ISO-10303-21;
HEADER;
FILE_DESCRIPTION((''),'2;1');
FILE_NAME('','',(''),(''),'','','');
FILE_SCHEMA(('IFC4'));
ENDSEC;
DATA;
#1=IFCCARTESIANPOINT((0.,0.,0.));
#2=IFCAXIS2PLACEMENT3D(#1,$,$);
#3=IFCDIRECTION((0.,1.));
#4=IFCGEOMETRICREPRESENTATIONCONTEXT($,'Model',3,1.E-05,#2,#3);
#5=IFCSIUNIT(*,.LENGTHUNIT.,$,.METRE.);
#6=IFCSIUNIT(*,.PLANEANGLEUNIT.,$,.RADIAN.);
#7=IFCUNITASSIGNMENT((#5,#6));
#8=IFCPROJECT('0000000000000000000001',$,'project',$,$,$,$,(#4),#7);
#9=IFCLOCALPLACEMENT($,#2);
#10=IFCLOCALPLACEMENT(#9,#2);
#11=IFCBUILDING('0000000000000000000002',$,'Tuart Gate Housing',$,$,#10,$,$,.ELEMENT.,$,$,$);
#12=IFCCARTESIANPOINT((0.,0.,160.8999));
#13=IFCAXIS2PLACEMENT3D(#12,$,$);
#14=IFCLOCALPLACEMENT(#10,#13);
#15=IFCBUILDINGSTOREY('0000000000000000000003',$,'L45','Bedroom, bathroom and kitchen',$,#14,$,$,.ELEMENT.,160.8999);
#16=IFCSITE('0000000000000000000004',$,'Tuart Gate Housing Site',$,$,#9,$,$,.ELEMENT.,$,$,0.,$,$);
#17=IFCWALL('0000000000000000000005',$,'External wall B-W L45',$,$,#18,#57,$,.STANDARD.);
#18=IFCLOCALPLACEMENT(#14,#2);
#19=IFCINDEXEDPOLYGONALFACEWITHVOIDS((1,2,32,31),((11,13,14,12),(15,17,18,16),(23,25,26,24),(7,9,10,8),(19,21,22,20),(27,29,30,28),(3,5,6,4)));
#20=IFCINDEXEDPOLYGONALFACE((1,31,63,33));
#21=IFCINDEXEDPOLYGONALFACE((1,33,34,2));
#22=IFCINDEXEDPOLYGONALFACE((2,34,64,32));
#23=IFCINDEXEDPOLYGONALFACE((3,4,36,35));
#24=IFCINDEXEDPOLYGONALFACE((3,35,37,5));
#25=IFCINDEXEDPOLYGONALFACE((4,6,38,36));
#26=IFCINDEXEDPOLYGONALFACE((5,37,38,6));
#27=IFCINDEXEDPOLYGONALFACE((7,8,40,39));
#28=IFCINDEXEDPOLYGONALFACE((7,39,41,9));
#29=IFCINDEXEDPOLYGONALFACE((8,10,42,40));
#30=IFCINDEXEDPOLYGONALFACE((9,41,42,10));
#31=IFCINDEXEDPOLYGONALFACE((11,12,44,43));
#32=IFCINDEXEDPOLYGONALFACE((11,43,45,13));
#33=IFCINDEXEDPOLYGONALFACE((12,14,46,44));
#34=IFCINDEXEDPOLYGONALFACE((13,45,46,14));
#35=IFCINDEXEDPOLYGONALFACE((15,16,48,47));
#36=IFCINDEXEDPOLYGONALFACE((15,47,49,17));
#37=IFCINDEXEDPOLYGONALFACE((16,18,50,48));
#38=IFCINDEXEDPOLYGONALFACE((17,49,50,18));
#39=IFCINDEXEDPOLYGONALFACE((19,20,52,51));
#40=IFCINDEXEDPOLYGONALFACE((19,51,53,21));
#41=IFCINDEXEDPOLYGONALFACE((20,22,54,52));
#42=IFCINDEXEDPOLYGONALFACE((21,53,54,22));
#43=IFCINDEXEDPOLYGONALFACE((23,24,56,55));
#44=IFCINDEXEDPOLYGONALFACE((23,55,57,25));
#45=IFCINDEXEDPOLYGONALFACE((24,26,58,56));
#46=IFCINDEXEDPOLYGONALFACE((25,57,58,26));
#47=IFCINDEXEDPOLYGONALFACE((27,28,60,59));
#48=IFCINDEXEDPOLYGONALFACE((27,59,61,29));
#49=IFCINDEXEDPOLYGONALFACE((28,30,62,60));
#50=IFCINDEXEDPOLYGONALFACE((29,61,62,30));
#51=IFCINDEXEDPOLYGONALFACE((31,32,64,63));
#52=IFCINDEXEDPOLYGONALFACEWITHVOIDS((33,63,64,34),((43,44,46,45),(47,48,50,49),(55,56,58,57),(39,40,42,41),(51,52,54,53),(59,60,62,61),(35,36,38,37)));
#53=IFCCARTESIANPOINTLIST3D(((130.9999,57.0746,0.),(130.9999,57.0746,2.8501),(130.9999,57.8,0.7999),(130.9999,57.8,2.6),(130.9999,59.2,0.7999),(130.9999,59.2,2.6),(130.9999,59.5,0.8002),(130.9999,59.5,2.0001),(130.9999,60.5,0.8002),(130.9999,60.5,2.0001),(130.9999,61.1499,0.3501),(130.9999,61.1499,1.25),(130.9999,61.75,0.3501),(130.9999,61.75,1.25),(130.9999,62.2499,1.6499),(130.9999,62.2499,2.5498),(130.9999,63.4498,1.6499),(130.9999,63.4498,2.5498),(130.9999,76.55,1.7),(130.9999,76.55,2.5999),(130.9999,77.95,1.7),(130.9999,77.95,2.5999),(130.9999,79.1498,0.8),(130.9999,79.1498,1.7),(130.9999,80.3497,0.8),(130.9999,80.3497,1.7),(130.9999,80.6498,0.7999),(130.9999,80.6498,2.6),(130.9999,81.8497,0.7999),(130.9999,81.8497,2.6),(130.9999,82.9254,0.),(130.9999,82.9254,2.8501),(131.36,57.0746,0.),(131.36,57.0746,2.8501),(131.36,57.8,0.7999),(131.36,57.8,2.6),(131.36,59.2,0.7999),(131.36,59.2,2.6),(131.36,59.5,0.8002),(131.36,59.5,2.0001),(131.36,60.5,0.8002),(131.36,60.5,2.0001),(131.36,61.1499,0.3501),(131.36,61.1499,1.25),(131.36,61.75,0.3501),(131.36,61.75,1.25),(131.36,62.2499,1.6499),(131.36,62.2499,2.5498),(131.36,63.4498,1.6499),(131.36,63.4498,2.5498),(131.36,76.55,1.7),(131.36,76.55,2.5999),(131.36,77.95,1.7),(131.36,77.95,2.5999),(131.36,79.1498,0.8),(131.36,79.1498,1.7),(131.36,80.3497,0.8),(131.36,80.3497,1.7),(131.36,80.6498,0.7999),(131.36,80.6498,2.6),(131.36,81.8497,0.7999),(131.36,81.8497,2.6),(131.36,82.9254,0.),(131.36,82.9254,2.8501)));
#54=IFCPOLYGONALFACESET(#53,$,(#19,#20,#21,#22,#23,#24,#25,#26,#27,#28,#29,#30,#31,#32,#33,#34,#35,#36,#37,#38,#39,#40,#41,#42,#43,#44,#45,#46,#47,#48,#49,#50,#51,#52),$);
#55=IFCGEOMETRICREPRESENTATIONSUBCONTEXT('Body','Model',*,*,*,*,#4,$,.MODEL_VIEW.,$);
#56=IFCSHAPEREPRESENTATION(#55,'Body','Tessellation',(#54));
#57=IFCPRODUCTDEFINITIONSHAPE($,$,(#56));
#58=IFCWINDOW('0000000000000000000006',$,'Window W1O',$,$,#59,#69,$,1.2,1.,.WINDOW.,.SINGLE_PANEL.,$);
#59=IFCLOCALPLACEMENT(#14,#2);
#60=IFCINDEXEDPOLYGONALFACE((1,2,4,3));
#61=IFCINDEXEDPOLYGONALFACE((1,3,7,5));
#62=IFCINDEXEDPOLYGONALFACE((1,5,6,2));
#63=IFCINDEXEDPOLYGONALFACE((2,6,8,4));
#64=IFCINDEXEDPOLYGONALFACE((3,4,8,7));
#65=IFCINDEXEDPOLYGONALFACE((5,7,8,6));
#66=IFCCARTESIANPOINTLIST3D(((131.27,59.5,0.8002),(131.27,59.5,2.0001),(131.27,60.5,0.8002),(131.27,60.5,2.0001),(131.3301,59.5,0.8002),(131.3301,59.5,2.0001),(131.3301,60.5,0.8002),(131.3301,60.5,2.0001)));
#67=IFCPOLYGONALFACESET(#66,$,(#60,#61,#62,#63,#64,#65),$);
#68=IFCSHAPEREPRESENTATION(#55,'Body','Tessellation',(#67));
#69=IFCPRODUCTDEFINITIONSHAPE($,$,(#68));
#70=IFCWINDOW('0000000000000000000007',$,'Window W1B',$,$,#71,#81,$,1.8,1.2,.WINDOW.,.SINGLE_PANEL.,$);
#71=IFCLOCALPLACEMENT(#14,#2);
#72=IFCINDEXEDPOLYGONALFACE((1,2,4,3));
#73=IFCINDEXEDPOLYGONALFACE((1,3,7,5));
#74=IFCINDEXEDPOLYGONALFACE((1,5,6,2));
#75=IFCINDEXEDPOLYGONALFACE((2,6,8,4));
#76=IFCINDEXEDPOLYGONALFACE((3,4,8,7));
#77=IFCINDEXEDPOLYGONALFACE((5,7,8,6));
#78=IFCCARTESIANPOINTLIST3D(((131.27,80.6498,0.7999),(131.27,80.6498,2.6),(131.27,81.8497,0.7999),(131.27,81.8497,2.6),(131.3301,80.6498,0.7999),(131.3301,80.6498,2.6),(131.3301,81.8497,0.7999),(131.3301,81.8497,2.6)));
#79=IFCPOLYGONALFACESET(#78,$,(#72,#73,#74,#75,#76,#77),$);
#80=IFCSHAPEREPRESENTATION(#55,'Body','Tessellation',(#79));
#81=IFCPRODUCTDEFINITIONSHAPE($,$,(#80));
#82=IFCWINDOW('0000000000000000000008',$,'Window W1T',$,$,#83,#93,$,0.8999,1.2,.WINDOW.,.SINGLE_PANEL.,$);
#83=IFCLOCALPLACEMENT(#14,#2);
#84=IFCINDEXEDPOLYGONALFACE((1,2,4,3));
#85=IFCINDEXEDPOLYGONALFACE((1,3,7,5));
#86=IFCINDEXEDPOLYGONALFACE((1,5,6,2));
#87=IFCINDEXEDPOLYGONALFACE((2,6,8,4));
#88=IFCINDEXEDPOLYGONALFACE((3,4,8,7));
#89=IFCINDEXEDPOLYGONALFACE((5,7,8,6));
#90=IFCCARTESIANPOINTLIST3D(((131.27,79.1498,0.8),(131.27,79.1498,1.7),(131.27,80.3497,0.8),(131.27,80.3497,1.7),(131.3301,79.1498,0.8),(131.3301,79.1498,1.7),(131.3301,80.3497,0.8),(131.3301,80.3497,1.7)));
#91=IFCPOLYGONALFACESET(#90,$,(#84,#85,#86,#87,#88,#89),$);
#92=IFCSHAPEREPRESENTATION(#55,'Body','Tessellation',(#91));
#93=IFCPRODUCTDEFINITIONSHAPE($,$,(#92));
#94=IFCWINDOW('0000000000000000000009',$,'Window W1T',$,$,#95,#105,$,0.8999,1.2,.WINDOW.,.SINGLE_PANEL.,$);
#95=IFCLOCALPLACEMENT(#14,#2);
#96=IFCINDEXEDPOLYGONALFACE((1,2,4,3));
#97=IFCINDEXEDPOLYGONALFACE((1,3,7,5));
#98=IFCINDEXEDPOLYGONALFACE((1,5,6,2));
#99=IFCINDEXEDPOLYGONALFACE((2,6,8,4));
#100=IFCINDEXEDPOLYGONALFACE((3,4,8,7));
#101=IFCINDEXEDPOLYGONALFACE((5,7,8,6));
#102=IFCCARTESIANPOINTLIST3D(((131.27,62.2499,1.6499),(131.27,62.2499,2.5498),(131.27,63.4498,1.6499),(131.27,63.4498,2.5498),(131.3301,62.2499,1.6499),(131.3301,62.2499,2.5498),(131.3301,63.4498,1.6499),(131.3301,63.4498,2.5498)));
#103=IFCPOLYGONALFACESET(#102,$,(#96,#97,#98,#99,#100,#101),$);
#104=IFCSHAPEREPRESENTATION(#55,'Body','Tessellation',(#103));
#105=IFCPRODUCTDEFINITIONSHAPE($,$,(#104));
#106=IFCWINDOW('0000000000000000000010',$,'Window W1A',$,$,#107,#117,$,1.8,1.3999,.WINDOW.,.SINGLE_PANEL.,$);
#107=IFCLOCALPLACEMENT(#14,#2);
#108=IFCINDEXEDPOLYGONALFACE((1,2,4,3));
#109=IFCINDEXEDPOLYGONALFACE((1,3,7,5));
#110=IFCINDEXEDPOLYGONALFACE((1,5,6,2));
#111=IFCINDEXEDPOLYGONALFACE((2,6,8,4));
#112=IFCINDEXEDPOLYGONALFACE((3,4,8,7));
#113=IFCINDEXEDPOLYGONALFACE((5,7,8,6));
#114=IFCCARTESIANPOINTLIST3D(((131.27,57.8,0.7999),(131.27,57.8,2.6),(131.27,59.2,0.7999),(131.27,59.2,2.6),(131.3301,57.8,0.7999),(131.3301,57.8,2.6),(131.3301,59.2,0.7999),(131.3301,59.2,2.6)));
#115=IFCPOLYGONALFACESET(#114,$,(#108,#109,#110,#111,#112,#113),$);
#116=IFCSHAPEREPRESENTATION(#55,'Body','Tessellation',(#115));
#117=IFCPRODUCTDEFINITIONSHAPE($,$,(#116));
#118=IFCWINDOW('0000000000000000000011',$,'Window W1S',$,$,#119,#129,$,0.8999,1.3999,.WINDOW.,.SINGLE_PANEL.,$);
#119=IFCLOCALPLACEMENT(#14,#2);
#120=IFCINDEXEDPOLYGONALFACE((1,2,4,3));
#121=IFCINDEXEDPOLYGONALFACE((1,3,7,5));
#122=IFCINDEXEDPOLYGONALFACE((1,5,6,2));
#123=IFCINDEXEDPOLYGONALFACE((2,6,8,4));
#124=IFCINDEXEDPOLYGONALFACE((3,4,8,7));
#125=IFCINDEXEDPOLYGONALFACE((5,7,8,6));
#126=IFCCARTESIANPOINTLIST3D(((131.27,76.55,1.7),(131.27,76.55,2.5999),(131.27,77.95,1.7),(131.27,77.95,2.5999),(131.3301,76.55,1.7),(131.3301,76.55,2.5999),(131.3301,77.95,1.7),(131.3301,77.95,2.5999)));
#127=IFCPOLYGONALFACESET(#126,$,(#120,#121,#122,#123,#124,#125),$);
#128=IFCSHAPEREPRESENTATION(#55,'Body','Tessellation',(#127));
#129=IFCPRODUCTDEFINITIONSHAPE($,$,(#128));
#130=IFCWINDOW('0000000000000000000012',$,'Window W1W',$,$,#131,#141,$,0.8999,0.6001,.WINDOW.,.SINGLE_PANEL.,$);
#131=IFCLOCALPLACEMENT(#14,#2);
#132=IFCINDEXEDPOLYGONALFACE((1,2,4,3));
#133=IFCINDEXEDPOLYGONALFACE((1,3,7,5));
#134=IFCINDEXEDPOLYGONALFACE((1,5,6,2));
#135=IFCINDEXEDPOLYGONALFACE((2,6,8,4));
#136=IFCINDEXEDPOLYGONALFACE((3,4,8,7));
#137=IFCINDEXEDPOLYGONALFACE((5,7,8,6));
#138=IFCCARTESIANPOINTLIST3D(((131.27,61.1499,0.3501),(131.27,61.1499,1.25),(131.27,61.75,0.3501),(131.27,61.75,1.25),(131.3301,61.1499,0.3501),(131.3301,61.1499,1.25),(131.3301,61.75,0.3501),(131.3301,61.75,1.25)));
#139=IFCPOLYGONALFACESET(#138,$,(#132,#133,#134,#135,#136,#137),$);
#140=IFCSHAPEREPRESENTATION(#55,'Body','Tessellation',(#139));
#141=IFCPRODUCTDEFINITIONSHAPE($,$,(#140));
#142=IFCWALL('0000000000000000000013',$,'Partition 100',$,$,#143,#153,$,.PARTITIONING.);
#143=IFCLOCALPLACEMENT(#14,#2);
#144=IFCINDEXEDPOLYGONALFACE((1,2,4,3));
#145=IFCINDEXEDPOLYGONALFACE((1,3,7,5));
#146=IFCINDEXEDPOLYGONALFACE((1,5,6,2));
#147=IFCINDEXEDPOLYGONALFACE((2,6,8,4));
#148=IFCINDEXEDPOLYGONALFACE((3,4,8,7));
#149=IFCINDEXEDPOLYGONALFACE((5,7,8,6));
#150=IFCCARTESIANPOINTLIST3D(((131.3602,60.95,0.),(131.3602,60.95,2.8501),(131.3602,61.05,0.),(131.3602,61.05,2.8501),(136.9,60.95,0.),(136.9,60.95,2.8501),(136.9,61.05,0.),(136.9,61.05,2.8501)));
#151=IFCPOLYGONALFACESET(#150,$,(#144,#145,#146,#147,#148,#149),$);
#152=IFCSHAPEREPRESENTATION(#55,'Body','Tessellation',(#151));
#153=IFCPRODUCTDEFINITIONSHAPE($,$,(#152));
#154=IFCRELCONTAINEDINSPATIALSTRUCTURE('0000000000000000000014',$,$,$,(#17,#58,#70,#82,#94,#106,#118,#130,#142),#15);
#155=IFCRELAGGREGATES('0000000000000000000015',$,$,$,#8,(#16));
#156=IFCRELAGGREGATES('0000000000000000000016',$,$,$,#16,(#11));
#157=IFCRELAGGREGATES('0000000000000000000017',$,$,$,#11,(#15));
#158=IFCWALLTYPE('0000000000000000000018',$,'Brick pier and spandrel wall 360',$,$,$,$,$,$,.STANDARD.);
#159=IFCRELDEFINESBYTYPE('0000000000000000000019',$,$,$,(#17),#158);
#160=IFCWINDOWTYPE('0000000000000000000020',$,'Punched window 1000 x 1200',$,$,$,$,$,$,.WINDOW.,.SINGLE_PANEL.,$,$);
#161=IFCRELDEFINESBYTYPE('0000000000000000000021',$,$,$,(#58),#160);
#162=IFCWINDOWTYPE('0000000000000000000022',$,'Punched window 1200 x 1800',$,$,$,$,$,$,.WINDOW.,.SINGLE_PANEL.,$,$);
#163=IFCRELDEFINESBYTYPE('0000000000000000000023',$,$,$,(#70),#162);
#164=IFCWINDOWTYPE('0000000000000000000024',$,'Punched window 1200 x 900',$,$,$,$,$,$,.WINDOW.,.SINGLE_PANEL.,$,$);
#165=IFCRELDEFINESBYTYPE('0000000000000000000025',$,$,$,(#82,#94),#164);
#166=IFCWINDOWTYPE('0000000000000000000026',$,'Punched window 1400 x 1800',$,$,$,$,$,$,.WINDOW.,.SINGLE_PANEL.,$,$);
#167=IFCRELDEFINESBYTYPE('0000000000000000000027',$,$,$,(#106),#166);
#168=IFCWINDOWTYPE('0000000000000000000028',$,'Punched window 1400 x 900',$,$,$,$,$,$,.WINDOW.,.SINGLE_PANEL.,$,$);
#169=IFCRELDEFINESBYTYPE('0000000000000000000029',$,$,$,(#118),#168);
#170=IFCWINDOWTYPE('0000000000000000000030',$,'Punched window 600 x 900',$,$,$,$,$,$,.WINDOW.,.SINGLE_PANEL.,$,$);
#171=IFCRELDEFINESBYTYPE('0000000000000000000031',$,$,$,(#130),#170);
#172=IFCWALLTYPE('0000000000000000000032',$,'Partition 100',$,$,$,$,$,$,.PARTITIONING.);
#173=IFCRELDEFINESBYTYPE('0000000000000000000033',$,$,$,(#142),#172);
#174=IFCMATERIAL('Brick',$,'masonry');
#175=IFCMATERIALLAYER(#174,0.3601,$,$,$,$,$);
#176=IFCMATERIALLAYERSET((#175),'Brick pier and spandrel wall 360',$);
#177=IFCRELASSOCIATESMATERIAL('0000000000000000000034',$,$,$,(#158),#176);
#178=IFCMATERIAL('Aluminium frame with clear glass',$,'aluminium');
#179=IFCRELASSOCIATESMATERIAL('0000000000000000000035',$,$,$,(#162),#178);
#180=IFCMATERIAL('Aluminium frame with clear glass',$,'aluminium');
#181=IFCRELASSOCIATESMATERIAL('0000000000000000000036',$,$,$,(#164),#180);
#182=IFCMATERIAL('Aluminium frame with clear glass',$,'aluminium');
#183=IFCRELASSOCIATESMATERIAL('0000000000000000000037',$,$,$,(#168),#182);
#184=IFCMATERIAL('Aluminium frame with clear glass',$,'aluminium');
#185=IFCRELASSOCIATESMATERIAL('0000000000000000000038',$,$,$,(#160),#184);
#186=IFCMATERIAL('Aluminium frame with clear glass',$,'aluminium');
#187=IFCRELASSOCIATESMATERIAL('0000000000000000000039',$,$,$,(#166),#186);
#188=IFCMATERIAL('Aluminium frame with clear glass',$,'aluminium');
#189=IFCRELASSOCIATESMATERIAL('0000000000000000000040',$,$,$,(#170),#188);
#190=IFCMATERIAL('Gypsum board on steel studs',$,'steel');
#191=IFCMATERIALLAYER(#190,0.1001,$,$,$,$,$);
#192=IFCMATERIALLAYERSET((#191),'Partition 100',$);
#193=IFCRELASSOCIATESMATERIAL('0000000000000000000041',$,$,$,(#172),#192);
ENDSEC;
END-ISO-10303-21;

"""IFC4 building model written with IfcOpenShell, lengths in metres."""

from ifc_helpers import new_model, si_unit, direction, frame, frame_2d, origin, place, context, subcontext, project, spatial, rectangle, extrude, material, layer, layer_set, type_object, element, fill, save


model = new_model("IFC4")

# Units and contexts
model_context = context("Model", 3, precision=1e-05, world=origin(), true_north=direction((0.0, 1.0)))
body_context = subcontext(model_context, "Body", "Model", "MODEL_VIEW")
ifc_project = project(units=[si_unit("LENGTHUNIT", "METRE"), si_unit("PLANEANGLEUNIT", "RADIAN")], contexts=[model_context])

# Site, building, storey
site_placement = place(None, origin())
site = spatial("IfcSite", under=ifc_project, at=site_placement, Name="Tuart Gate Housing Site", CompositionType="ELEMENT", RefElevation=0.0)
building_placement = place(site_placement, origin())
building = spatial("IfcBuilding", under=site, at=building_placement, Name="Tuart Gate Housing", CompositionType="ELEMENT")
storey_placement = place(building_placement, frame((0.0, 0.0, 160.8999)))
storey = spatial("IfcBuildingStorey", under=building, at=storey_placement, Name="L45", Description="Bedroom, bathroom and kitchen", CompositionType="ELEMENT", Elevation=160.8999)

# Shared definitions
ifc_material_1 = material(Name="Brick", Category="masonry")
ifc_layer_1 = layer(ifc_material_1, 0.3601)
ifc_layer_set_1 = layer_set([ifc_layer_1], Name="Brick pier and spandrel wall 360")
wall_type_1 = type_object("IfcWallType", Name="Brick pier and spandrel wall 360", PredefinedType="STANDARD", material=ifc_layer_set_1)
ifc_material_2 = material(Name="Aluminium frame with clear glass", Category="aluminium")
window_type_1 = type_object("IfcWindowType", Name="Punched window 1200 x 1800", PartitioningType="SINGLE_PANEL", PredefinedType="WINDOW", material=ifc_material_2)
ifc_material_3 = material(Name="Aluminium frame with clear glass", Category="aluminium")
window_type_2 = type_object("IfcWindowType", Name="Punched window 1200 x 900", PartitioningType="SINGLE_PANEL", PredefinedType="WINDOW", material=ifc_material_3)
ifc_material_4 = material(Name="Aluminium frame with clear glass", Category="aluminium")
window_type_3 = type_object("IfcWindowType", Name="Punched window 1400 x 900", PartitioningType="SINGLE_PANEL", PredefinedType="WINDOW", material=ifc_material_4)

# Wall, openings, windows
wall_1_placement = place(storey_placement, frame((131.1799, 82.9253, 0.0), z_axis=(0.0, 0.0, 1.0), x_axis=(0.0, -1.0, 0.0)))
wall_1 = element("IfcWall", 1, at=wall_1_placement, inside=storey, type_object=wall_type_1, Name="External wall B-W L45", PredefinedType="STANDARD", context=body_context, shape_type="SweptSolid", body=[
    extrude(rectangle(XDim=25.8508, YDim=0.3601, at=frame_2d((12.9253, 0.0))), origin(), (0.0, 0.0, 1.0), 2.8501),
])
opening_1_placement = place(wall_1_placement, frame((1.0754, 0.0, 0.8)))
opening_1 = element("IfcOpeningElement", 2, at=opening_1_placement, cuts=wall_1, PredefinedType="OPENING", context=body_context, shape_type="SweptSolid", body=[
    extrude(rectangle(XDim=1.2, YDim=1.8, at=frame_2d((0.6001, 0.8999))), frame((0.0, 0.1899, 0.0), z_axis=(0.0, -1.0, 0.0), x_axis=(1.0, 0.0, 0.0)), (0.0, 0.0, 1.0), 0.3801),
])
opening_2_placement = place(wall_1_placement, frame((2.5754, 0.0, 0.8)))
opening_2 = element("IfcOpeningElement", 3, at=opening_2_placement, cuts=wall_1, PredefinedType="OPENING", context=body_context, shape_type="SweptSolid", body=[
    extrude(rectangle(XDim=1.2, YDim=0.8999, at=frame_2d((0.6001, 0.45))), frame((0.0, 0.1899, 0.0), z_axis=(0.0, -1.0, 0.0), x_axis=(1.0, 0.0, 0.0)), (0.0, 0.0, 1.0), 0.3801),
])
opening_3_placement = place(wall_1_placement, frame((19.4753, 0.0, 1.6499)))
opening_3 = element("IfcOpeningElement", 4, at=opening_3_placement, cuts=wall_1, PredefinedType="OPENING", context=body_context, shape_type="SweptSolid", body=[
    extrude(rectangle(XDim=1.2, YDim=0.8999, at=frame_2d((0.6001, 0.45))), frame((0.0, 0.1899, 0.0), z_axis=(0.0, -1.0, 0.0), x_axis=(1.0, 0.0, 0.0)), (0.0, 0.0, 1.0), 0.3801),
])
opening_4_placement = place(wall_1_placement, frame((22.4253, 0.0, 0.8)))
opening_4 = element("IfcOpeningElement", 5, at=opening_4_placement, cuts=wall_1, PredefinedType="OPENING", context=body_context, shape_type="SweptSolid", body=[
    extrude(rectangle(XDim=1.0, YDim=1.2, at=frame_2d((0.5, 0.6001))), frame((0.0, 0.1899, 0.0), z_axis=(0.0, -1.0, 0.0), x_axis=(1.0, 0.0, 0.0)), (0.0, 0.0, 1.0), 0.3801),
])
opening_5_placement = place(wall_1_placement, frame((4.9753, 0.0, 1.7)))
opening_5 = element("IfcOpeningElement", 6, at=opening_5_placement, cuts=wall_1, PredefinedType="OPENING", context=body_context, shape_type="SweptSolid", body=[
    extrude(rectangle(XDim=1.3999, YDim=0.8999, at=frame_2d((0.7, 0.45))), frame((0.0, 0.1899, 0.0), z_axis=(0.0, -1.0, 0.0), x_axis=(1.0, 0.0, 0.0)), (0.0, 0.0, 1.0), 0.3801),
])
opening_6_placement = place(wall_1_placement, frame((21.1753, 0.0, 0.3501)))
opening_6 = element("IfcOpeningElement", 7, at=opening_6_placement, cuts=wall_1, PredefinedType="OPENING", context=body_context, shape_type="SweptSolid", body=[
    extrude(rectangle(XDim=0.6001, YDim=0.8999, at=frame_2d((0.3, 0.45))), frame((0.0, 0.1899, 0.0), z_axis=(0.0, -1.0, 0.0), x_axis=(1.0, 0.0, 0.0)), (0.0, 0.0, 1.0), 0.3801),
])
opening_7_placement = place(wall_1_placement, frame((23.7253, 0.0, 0.8)))
opening_7 = element("IfcOpeningElement", 8, at=opening_7_placement, cuts=wall_1, PredefinedType="OPENING", context=body_context, shape_type="SweptSolid", body=[
    extrude(rectangle(XDim=1.3999, YDim=1.8, at=frame_2d((0.7, 0.8999))), frame((0.0, 0.1899, 0.0), z_axis=(0.0, -1.0, 0.0), x_axis=(1.0, 0.0, 0.0)), (0.0, 0.0, 1.0), 0.3801),
])
ifc_material_5 = material(Name="Aluminium frame with clear glass", Category="aluminium")
window_type_4 = type_object("IfcWindowType", Name="Punched window 1000 x 1200", PartitioningType="SINGLE_PANEL", PredefinedType="WINDOW", material=ifc_material_5)
window_1_placement = place(opening_4_placement, origin())
window_1 = element("IfcWindow", 9, at=window_1_placement, inside=storey, type_object=window_type_4, Name="Window W1O", OverallHeight=1.2, OverallWidth=1.0, PartitioningType="SINGLE_PANEL", PredefinedType="WINDOW", context=body_context, shape_type="SweptSolid", body=[
    extrude(rectangle(XDim=1.0, YDim=1.2, at=frame_2d((0.5, 0.6001))), frame((0.0, 0.1501, 0.0), z_axis=(0.0, -1.0, 0.0), x_axis=(1.0, 0.0, 0.0)), (0.0, 0.0, 1.0), 0.0601),
])
fill(opening_4, window_1)
window_2_placement = place(opening_1_placement, origin())
window_2 = element("IfcWindow", 10, at=window_2_placement, inside=storey, type_object=window_type_1, Name="Window W1B", OverallHeight=1.8, OverallWidth=1.2, PartitioningType="SINGLE_PANEL", PredefinedType="WINDOW", context=body_context, shape_type="SweptSolid", body=[
    extrude(rectangle(XDim=1.2, YDim=1.8, at=frame_2d((0.6001, 0.8999))), frame((0.0, 0.1501, 0.0), z_axis=(0.0, -1.0, 0.0), x_axis=(1.0, 0.0, 0.0)), (0.0, 0.0, 1.0), 0.0601),
])
fill(opening_1, window_2)
window_3_placement = place(opening_2_placement, origin())
window_3 = element("IfcWindow", 11, at=window_3_placement, inside=storey, type_object=window_type_2, Name="Window W1T", OverallHeight=0.8999, OverallWidth=1.2, PartitioningType="SINGLE_PANEL", PredefinedType="WINDOW", context=body_context, shape_type="SweptSolid", body=[
    extrude(rectangle(XDim=1.2, YDim=0.8999, at=frame_2d((0.6001, 0.45))), frame((0.0, 0.1501, 0.0), z_axis=(0.0, -1.0, 0.0), x_axis=(1.0, 0.0, 0.0)), (0.0, 0.0, 1.0), 0.0601),
])
fill(opening_2, window_3)
window_4_placement = place(opening_3_placement, origin())
window_4 = element("IfcWindow", 12, at=window_4_placement, inside=storey, type_object=window_type_2, Name="Window W1T", OverallHeight=0.8999, OverallWidth=1.2, PartitioningType="SINGLE_PANEL", PredefinedType="WINDOW", context=body_context, shape_type="SweptSolid", body=[
    extrude(rectangle(XDim=1.2, YDim=0.8999, at=frame_2d((0.6001, 0.45))), frame((0.0, 0.1501, 0.0), z_axis=(0.0, -1.0, 0.0), x_axis=(1.0, 0.0, 0.0)), (0.0, 0.0, 1.0), 0.0601),
])
fill(opening_3, window_4)
ifc_material_6 = material(Name="Aluminium frame with clear glass", Category="aluminium")
window_type_5 = type_object("IfcWindowType", Name="Punched window 1400 x 1800", PartitioningType="SINGLE_PANEL", PredefinedType="WINDOW", material=ifc_material_6)
window_5_placement = place(opening_7_placement, origin())
window_5 = element("IfcWindow", 13, at=window_5_placement, inside=storey, type_object=window_type_5, Name="Window W1A", OverallHeight=1.8, OverallWidth=1.3999, PartitioningType="SINGLE_PANEL", PredefinedType="WINDOW", context=body_context, shape_type="SweptSolid", body=[
    extrude(rectangle(XDim=1.3999, YDim=1.8, at=frame_2d((0.7, 0.8999))), frame((0.0, 0.1501, 0.0), z_axis=(0.0, -1.0, 0.0), x_axis=(1.0, 0.0, 0.0)), (0.0, 0.0, 1.0), 0.0601),
])
fill(opening_7, window_5)
window_6_placement = place(opening_5_placement, origin())
window_6 = element("IfcWindow", 14, at=window_6_placement, inside=storey, type_object=window_type_3, Name="Window W1S", OverallHeight=0.8999, OverallWidth=1.3999, PartitioningType="SINGLE_PANEL", PredefinedType="WINDOW", context=body_context, shape_type="SweptSolid", body=[
    extrude(rectangle(XDim=1.3999, YDim=0.8999, at=frame_2d((0.7, 0.45))), frame((0.0, 0.1501, 0.0), z_axis=(0.0, -1.0, 0.0), x_axis=(1.0, 0.0, 0.0)), (0.0, 0.0, 1.0), 0.0601),
])
fill(opening_5, window_6)
ifc_material_7 = material(Name="Aluminium frame with clear glass", Category="aluminium")
window_type_6 = type_object("IfcWindowType", Name="Punched window 600 x 900", PartitioningType="SINGLE_PANEL", PredefinedType="WINDOW", material=ifc_material_7)
window_7_placement = place(opening_6_placement, origin())
window_7 = element("IfcWindow", 15, at=window_7_placement, inside=storey, type_object=window_type_6, Name="Window W1W", OverallHeight=0.8999, OverallWidth=0.6001, PartitioningType="SINGLE_PANEL", PredefinedType="WINDOW", context=body_context, shape_type="SweptSolid", body=[
    extrude(rectangle(XDim=0.6001, YDim=0.8999, at=frame_2d((0.3, 0.45))), frame((0.0, 0.1501, 0.0), z_axis=(0.0, -1.0, 0.0), x_axis=(1.0, 0.0, 0.0)), (0.0, 0.0, 1.0), 0.0601),
])
fill(opening_6, window_7)

# Wall
ifc_material_8 = material(Name="Gypsum board on steel studs", Category="steel")
ifc_layer_2 = layer(ifc_material_8, 0.1001)
ifc_layer_set_2 = layer_set([ifc_layer_2], Name="Partition 100")
wall_type_2 = type_object("IfcWallType", Name="Partition 100", PredefinedType="PARTITIONING", material=ifc_layer_set_2)
wall_2_placement = place(storey_placement, frame((131.3601, 61.0, 0.0), z_axis=(0.0, 0.0, 1.0), x_axis=(1.0, 0.0, 0.0)))
element("IfcWall", 16, at=wall_2_placement, inside=storey, type_object=wall_type_2, Name="Partition 100", PredefinedType="PARTITIONING", context=body_context, shape_type="SweptSolid", body=[
    extrude(rectangle(XDim=5.5398, YDim=0.1001, at=frame_2d((2.77, 0.0))), origin(), (0.0, 0.0, 1.0), 2.8501),
])

save(model, "model.ifc")
